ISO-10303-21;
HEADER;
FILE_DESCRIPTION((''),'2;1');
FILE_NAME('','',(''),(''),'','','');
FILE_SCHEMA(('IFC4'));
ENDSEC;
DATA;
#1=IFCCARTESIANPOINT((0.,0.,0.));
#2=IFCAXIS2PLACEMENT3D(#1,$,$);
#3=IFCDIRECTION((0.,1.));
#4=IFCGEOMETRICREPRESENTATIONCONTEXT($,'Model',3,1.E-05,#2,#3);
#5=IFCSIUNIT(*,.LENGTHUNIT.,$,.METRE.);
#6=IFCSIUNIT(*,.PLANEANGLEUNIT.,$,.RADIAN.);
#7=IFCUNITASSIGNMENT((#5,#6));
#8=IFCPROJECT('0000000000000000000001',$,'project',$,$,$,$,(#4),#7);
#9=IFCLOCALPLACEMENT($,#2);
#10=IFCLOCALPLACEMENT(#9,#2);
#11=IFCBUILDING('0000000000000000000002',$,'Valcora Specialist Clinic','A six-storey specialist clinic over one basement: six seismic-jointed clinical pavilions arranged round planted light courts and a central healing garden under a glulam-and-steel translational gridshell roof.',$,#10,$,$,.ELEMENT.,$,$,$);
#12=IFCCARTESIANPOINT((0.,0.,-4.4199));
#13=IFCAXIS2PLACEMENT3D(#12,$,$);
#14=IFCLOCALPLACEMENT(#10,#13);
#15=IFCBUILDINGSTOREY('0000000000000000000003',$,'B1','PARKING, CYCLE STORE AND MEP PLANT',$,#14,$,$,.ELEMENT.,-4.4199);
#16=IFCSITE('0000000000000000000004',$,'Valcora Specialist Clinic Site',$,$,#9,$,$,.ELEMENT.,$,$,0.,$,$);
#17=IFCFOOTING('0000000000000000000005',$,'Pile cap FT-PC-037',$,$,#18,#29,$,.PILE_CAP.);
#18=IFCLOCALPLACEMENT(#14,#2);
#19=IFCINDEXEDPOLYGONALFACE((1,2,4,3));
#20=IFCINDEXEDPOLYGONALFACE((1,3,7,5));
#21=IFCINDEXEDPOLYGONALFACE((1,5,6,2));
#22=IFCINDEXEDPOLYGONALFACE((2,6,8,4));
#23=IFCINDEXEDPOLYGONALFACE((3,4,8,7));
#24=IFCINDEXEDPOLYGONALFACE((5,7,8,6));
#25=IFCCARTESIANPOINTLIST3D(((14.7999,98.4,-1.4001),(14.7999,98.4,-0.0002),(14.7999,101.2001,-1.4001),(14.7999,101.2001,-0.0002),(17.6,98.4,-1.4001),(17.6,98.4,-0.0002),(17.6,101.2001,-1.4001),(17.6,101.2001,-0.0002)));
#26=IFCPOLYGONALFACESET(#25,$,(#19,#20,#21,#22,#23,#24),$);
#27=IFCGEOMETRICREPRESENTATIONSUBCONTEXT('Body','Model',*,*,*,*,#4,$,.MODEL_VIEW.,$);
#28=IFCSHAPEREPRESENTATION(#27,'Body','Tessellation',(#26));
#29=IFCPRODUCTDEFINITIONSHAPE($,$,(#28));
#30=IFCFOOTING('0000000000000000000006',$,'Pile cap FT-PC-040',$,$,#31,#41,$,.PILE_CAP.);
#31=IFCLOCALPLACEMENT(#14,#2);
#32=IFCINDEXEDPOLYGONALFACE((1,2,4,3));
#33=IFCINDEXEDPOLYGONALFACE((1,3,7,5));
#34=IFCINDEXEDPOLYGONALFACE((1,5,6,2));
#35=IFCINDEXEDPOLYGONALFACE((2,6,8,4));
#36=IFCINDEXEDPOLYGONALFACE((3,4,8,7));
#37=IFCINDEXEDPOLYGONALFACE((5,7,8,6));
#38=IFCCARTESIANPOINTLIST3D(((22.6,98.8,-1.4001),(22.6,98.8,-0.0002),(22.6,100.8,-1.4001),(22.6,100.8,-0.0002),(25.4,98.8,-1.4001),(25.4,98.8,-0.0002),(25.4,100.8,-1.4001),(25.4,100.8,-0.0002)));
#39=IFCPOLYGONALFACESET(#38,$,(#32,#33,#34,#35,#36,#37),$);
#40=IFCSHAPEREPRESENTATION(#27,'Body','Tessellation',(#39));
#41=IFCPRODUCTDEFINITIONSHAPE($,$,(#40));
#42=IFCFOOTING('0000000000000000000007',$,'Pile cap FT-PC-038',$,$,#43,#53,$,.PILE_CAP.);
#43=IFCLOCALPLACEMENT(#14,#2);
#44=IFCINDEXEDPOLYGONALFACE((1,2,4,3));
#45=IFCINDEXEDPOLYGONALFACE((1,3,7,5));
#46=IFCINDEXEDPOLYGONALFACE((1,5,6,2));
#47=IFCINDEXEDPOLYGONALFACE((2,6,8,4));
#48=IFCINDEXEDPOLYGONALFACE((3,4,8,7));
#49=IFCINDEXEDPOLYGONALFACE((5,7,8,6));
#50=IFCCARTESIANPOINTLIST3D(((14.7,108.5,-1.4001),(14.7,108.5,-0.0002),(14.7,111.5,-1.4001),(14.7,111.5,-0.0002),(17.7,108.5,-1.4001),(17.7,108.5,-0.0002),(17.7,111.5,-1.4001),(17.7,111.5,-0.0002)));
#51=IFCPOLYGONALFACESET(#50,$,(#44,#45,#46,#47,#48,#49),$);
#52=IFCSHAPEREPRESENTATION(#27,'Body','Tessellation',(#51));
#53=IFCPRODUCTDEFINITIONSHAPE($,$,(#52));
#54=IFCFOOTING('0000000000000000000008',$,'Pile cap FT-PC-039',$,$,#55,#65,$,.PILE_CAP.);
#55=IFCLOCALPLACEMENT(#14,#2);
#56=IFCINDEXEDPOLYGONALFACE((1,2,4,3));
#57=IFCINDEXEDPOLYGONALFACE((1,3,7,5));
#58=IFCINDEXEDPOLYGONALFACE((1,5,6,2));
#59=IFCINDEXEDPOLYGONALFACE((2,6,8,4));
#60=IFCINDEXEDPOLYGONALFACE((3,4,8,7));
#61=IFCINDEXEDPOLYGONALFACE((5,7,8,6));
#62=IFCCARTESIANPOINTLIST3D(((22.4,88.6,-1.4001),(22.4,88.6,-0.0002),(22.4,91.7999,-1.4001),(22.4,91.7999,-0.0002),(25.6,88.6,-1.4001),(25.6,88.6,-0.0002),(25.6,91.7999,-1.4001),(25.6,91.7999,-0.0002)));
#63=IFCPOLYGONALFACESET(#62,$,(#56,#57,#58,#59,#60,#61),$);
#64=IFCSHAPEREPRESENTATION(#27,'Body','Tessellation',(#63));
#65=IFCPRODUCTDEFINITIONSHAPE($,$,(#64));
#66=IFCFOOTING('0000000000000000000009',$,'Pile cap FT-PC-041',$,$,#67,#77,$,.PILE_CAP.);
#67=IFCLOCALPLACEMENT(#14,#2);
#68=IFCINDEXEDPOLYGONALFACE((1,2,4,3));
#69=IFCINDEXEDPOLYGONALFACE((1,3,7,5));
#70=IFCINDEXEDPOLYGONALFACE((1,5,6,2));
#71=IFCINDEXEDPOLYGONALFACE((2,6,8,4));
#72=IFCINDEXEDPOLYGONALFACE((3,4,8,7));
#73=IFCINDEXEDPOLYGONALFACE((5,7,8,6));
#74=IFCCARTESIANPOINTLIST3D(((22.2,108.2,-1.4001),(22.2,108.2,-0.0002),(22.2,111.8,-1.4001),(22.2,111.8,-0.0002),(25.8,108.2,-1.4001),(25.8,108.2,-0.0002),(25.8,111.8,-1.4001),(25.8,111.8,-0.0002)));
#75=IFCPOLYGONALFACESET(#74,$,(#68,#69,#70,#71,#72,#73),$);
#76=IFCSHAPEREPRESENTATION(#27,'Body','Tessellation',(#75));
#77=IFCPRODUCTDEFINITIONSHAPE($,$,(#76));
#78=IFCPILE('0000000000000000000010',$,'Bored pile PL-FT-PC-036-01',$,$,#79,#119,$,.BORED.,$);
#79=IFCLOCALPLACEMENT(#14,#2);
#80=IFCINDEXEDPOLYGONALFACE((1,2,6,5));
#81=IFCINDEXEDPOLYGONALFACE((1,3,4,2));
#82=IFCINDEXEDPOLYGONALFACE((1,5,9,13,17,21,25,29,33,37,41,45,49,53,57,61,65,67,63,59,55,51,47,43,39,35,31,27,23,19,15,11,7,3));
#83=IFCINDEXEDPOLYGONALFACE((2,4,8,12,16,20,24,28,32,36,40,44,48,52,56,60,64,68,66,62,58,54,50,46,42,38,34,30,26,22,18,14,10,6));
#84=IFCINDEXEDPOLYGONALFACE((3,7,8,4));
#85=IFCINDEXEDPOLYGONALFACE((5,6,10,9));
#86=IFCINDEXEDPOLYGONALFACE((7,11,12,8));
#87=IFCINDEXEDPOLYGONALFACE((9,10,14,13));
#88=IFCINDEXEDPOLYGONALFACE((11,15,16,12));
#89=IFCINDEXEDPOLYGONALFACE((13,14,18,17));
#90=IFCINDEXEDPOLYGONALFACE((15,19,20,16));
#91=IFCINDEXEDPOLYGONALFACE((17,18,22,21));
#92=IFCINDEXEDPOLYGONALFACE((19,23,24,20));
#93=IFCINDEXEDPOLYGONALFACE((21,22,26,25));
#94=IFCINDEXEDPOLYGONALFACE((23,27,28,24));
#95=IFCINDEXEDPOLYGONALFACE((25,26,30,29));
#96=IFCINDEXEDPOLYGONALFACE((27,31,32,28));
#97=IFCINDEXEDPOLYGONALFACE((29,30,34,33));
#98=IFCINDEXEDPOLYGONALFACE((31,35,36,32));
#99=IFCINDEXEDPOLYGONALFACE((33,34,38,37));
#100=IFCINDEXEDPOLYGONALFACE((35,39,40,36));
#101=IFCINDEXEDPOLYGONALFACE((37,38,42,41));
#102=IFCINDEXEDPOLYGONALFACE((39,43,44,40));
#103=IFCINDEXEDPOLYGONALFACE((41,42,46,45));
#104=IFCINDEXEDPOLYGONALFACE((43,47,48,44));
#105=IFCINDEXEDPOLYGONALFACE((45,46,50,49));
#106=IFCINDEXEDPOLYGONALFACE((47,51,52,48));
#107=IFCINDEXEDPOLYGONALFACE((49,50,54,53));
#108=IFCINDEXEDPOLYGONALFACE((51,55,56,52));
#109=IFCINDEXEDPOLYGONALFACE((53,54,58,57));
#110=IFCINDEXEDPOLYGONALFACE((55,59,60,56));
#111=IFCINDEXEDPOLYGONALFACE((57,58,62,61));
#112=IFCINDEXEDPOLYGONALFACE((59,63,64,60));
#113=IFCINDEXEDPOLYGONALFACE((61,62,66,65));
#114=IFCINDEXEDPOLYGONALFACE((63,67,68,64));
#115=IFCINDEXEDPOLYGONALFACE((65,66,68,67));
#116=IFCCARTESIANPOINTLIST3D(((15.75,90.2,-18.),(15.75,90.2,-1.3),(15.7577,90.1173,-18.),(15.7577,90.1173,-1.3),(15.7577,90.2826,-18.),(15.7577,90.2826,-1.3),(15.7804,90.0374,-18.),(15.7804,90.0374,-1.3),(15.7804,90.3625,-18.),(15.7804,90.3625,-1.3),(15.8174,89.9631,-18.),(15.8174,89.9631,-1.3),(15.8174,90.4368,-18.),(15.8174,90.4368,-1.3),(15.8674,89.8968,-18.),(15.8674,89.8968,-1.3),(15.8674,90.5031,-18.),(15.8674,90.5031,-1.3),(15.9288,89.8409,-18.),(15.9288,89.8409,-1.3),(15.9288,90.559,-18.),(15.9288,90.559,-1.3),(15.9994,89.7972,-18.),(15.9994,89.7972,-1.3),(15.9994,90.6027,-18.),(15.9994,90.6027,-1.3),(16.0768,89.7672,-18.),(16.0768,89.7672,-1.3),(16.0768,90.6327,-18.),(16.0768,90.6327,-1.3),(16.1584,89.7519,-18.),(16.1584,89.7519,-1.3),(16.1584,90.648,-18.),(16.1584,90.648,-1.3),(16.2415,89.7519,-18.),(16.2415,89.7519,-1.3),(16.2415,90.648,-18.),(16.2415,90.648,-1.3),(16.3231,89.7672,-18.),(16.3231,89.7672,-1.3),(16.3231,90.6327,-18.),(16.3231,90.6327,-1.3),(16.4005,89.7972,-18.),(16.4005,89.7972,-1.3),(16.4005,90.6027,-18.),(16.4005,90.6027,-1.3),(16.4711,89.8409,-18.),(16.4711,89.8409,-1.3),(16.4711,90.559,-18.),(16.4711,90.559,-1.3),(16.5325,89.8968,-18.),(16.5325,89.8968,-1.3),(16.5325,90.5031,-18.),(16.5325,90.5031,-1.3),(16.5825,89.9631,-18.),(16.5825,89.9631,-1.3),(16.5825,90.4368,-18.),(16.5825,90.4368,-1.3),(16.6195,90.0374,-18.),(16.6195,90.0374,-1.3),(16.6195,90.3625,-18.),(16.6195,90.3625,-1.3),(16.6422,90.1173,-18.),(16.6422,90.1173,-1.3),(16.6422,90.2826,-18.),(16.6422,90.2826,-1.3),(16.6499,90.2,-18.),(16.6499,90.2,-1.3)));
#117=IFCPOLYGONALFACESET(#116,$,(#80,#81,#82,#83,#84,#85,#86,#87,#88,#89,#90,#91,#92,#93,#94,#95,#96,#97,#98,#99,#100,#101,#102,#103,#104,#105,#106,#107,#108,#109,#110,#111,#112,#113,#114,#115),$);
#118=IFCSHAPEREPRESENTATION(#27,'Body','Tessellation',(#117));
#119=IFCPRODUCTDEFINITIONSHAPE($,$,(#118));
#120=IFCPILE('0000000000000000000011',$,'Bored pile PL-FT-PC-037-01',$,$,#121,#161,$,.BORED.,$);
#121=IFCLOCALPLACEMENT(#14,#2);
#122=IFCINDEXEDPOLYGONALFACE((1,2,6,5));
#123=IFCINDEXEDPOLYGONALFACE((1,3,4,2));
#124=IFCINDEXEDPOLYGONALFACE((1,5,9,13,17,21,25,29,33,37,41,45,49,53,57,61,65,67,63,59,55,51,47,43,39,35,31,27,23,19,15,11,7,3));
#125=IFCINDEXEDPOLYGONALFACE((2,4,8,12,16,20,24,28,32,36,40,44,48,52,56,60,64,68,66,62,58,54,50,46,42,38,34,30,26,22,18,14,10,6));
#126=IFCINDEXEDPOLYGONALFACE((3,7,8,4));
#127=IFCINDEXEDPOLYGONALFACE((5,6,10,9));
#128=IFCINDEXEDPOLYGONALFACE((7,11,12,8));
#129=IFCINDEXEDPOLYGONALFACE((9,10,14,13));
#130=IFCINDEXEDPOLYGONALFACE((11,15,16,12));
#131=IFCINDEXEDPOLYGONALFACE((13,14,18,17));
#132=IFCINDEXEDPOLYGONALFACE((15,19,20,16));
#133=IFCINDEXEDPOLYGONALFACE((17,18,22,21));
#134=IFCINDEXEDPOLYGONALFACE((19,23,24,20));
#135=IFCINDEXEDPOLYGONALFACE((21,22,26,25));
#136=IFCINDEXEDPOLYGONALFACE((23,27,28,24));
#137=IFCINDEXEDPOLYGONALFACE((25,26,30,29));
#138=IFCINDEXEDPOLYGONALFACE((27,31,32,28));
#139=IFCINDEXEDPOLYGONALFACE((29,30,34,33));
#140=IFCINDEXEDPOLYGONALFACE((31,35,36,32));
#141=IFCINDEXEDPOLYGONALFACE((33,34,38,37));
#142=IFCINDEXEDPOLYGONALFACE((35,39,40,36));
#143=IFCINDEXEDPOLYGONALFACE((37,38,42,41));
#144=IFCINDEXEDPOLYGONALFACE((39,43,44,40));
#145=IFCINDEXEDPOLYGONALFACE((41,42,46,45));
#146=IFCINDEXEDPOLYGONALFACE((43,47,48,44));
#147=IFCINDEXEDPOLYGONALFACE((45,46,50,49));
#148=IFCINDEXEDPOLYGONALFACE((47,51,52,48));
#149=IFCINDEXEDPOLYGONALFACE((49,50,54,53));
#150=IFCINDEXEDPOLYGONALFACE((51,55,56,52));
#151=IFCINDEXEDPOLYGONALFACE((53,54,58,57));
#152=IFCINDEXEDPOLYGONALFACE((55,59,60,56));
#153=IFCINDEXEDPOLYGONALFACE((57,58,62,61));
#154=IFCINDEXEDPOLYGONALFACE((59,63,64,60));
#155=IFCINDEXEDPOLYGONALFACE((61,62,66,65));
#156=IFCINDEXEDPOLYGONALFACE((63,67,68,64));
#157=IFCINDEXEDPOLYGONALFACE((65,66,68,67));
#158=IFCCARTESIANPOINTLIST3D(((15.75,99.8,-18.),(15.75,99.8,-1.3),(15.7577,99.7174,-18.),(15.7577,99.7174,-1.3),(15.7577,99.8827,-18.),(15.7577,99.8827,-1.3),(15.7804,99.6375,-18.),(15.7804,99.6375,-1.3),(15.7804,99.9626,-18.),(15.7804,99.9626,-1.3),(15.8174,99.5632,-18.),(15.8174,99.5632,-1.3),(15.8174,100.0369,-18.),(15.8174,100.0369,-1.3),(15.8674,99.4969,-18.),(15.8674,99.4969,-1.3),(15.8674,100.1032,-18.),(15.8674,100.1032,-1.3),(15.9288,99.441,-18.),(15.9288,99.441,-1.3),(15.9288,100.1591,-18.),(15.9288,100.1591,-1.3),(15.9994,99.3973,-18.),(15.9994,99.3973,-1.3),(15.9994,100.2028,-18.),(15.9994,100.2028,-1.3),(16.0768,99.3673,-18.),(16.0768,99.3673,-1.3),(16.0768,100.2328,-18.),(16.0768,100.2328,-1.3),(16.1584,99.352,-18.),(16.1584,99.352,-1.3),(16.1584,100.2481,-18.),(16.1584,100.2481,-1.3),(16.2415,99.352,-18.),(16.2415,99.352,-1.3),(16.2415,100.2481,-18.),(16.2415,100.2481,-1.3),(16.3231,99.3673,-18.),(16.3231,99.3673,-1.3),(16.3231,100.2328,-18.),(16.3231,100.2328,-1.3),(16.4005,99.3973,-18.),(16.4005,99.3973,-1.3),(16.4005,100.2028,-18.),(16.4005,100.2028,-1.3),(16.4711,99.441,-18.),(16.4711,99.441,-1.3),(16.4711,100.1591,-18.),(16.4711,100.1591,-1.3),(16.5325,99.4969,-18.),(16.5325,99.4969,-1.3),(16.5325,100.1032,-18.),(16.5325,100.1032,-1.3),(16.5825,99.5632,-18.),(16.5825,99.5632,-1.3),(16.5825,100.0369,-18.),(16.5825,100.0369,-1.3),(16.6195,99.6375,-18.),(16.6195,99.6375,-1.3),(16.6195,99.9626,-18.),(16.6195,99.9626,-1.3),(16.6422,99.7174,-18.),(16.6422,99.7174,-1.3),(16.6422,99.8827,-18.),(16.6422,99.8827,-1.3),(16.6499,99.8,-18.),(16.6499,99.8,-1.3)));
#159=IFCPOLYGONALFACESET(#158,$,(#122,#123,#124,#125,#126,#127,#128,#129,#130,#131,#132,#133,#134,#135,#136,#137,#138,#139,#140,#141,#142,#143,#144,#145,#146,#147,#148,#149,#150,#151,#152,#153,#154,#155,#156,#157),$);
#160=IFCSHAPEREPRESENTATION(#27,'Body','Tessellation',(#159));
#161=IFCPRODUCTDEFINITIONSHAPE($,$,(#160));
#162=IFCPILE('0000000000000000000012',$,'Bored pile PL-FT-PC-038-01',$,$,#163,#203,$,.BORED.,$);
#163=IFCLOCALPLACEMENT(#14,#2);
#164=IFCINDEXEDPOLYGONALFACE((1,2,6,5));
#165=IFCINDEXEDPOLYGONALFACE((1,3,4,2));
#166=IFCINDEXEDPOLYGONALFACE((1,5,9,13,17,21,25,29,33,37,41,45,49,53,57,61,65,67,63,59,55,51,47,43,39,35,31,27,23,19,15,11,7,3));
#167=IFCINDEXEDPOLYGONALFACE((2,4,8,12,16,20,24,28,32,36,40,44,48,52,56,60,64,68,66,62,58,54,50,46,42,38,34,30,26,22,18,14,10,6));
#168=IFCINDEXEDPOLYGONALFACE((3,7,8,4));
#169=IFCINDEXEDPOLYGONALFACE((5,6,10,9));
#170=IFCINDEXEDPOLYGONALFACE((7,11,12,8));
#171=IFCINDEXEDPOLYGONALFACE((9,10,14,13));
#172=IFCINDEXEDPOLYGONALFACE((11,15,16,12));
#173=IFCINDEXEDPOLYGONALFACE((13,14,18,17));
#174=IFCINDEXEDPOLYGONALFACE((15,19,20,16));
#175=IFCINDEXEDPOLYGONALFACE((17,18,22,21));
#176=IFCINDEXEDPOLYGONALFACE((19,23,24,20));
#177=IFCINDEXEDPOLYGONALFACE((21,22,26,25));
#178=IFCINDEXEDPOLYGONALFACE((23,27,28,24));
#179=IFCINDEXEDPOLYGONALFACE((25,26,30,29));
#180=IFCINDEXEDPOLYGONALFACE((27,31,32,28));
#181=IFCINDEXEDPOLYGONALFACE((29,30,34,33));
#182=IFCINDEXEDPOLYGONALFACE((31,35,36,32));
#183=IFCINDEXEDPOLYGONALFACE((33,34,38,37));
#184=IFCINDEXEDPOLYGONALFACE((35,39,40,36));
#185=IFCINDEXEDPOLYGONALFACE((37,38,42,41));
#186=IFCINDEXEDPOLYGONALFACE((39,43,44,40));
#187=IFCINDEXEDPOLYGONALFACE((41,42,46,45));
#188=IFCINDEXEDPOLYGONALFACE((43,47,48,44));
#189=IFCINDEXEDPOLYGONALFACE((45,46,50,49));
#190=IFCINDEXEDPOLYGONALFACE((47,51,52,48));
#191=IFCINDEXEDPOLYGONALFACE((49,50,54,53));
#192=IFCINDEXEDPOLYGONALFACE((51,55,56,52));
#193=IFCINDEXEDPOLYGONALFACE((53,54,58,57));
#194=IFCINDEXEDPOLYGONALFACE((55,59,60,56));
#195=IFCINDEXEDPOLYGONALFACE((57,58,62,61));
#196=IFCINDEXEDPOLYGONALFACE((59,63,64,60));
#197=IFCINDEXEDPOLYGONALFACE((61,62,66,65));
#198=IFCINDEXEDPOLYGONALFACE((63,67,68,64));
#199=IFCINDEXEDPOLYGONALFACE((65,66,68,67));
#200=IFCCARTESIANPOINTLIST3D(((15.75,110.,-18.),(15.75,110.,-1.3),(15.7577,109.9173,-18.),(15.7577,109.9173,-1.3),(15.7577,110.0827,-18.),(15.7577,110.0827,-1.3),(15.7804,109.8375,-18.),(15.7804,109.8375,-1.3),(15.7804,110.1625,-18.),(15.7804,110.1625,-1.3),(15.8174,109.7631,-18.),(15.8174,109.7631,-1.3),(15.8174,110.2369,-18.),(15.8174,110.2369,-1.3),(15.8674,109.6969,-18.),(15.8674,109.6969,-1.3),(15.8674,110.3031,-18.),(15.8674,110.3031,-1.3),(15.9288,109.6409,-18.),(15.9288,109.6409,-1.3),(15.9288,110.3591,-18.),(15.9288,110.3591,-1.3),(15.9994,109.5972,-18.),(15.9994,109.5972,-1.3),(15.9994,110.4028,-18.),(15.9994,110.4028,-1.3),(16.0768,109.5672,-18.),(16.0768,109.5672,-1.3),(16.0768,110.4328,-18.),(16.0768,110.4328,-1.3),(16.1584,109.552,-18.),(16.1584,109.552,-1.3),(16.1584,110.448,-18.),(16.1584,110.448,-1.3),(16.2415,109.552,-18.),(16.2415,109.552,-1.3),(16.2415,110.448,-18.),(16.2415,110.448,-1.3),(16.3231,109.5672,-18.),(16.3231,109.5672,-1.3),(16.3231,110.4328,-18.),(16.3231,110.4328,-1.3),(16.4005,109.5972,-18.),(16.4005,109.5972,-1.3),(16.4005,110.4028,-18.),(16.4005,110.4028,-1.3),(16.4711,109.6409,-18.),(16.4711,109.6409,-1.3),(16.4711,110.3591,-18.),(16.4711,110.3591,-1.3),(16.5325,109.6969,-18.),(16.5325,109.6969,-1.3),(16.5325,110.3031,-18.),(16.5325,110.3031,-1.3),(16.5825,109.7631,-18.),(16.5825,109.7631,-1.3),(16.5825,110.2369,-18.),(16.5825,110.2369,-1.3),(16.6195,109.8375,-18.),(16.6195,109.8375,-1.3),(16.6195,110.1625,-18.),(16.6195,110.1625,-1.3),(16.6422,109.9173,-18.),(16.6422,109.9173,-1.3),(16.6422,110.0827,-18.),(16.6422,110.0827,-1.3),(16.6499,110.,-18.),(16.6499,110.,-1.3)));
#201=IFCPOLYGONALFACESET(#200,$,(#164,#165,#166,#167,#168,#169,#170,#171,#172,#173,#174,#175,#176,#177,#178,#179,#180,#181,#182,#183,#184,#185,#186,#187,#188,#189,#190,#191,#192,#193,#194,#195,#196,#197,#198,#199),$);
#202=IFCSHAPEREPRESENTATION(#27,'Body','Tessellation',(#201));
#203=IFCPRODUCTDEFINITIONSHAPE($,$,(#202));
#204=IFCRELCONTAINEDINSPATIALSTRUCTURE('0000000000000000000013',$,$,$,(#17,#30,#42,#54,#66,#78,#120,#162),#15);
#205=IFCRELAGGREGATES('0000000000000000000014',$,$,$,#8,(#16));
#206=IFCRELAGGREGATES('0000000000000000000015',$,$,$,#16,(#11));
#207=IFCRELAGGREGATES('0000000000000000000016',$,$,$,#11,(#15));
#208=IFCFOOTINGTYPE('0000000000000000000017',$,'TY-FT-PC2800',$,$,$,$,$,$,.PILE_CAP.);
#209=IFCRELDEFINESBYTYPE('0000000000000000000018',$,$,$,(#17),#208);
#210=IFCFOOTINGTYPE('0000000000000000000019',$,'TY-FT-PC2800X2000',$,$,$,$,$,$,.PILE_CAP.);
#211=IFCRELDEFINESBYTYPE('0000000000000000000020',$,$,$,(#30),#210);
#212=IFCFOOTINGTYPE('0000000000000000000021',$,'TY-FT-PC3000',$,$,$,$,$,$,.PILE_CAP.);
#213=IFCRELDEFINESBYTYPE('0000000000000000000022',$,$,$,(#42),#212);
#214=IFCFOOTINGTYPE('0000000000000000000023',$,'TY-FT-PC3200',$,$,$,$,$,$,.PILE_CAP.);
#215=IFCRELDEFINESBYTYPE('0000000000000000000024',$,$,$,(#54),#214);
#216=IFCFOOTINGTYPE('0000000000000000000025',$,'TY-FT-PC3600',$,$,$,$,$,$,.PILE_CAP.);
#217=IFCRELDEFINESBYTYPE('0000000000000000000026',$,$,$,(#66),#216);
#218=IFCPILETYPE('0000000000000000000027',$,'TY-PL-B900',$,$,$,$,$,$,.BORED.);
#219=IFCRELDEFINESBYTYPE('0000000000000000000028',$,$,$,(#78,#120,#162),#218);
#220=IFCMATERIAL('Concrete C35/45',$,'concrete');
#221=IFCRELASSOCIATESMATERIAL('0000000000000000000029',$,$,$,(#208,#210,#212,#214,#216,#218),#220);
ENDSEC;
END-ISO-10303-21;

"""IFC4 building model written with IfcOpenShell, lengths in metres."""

from ifc_helpers import new_model, si_unit, direction, frame, origin, origin_2d, place, context, subcontext, project, spatial, rectangle, circle, extrude, material, material_profile, profile_set, type_object, element, save


model = new_model("IFC4")

# Units and contexts
model_context = context("Model", 3, precision=1e-05, world=origin(), true_north=direction((0.0, 1.0)))
body_context = subcontext(model_context, "Body", "Model", "MODEL_VIEW")
ifc_project = project(units=[si_unit("LENGTHUNIT", "METRE"), si_unit("PLANEANGLEUNIT", "RADIAN")], contexts=[model_context])

# Site, building, storey
site_placement = place(None, origin())
site = spatial("IfcSite", under=ifc_project, at=site_placement, Name="Valcora Specialist Clinic Site", CompositionType="ELEMENT", RefElevation=0.0)
building_placement = place(site_placement, origin())
building = spatial("IfcBuilding", under=site, at=building_placement, Name="Valcora Specialist Clinic", Description="A six-storey specialist clinic over one basement: six seismic-jointed clinical pavilions arranged round planted light courts and a central healing garden under a glulam-and-steel translational gridshell roof.", CompositionType="ELEMENT")
storey_placement = place(building_placement, frame((0.0, 0.0, -4.4199)))
storey = spatial("IfcBuildingStorey", under=building, at=storey_placement, Name="B1", Description="PARKING, CYCLE STORE AND MEP PLANT", CompositionType="ELEMENT", Elevation=-4.4199)

# Footings
ifc_material_1 = material(Name="Concrete C35/45", Category="concrete")
footing_type_1 = type_object("IfcFootingType", Name="TY-FT-PC2800", PredefinedType="PILE_CAP", material=ifc_material_1)
footing_1_placement = place(storey_placement, frame((16.2, 99.8, -1.4001), z_axis=(0.0, 0.0, 1.0), x_axis=(1.0, 0.0, 0.0)))
element("IfcFooting", 1, at=footing_1_placement, inside=storey, type_object=footing_type_1, Name="Pile cap FT-PC-037", PredefinedType="PILE_CAP", context=body_context, shape_type="SweptSolid", body=[
    extrude(rectangle(XDim=2.8, YDim=2.8, at=origin_2d()), origin(), (0.0, 0.0, 1.0), 1.3999),
])
footing_type_2 = type_object("IfcFootingType", Name="TY-FT-PC2800X2000", PredefinedType="PILE_CAP", material=ifc_material_1)
footing_2_placement = place(storey_placement, frame((24.0, 99.8, -1.4001), z_axis=(0.0, 0.0, 1.0), x_axis=(1.0, 0.0, 0.0)))
element("IfcFooting", 2, at=footing_2_placement, inside=storey, type_object=footing_type_2, Name="Pile cap FT-PC-040", PredefinedType="PILE_CAP", context=body_context, shape_type="SweptSolid", body=[
    extrude(rectangle(XDim=2.8, YDim=2.0, at=origin_2d()), origin(), (0.0, 0.0, 1.0), 1.3999),
])
footing_type_3 = type_object("IfcFootingType", Name="TY-FT-PC3000", PredefinedType="PILE_CAP", material=ifc_material_1)
footing_3_placement = place(storey_placement, frame((16.2, 110.0, -1.4001), z_axis=(0.0, 0.0, 1.0), x_axis=(1.0, 0.0, 0.0)))
element("IfcFooting", 3, at=footing_3_placement, inside=storey, type_object=footing_type_3, Name="Pile cap FT-PC-038", PredefinedType="PILE_CAP", context=body_context, shape_type="SweptSolid", body=[
    extrude(rectangle(XDim=3.0, YDim=3.0, at=origin_2d()), origin(), (0.0, 0.0, 1.0), 1.3999),
])
footing_type_4 = type_object("IfcFootingType", Name="TY-FT-PC3200", PredefinedType="PILE_CAP", material=ifc_material_1)
footing_4_placement = place(storey_placement, frame((24.0, 90.2, -1.4001), z_axis=(0.0, 0.0, 1.0), x_axis=(1.0, 0.0, 0.0)))
element("IfcFooting", 4, at=footing_4_placement, inside=storey, type_object=footing_type_4, Name="Pile cap FT-PC-039", PredefinedType="PILE_CAP", context=body_context, shape_type="SweptSolid", body=[
    extrude(rectangle(XDim=3.2, YDim=3.2, at=origin_2d()), origin(), (0.0, 0.0, 1.0), 1.3999),
])
footing_type_5 = type_object("IfcFootingType", Name="TY-FT-PC3600", PredefinedType="PILE_CAP", material=ifc_material_1)
footing_5_placement = place(storey_placement, frame((24.0, 110.0, -1.4001), z_axis=(0.0, 0.0, 1.0), x_axis=(1.0, 0.0, 0.0)))
element("IfcFooting", 5, at=footing_5_placement, inside=storey, type_object=footing_type_5, Name="Pile cap FT-PC-041", PredefinedType="PILE_CAP", context=body_context, shape_type="SweptSolid", body=[
    extrude(rectangle(XDim=3.6001, YDim=3.6001, at=origin_2d()), origin(), (0.0, 0.0, 1.0), 1.3999),
])

# Piles
ifc_material_profile_1 = material_profile(ifc_material_1, circle(Radius=0.45, at=origin_2d()), Name="RC-PIL-D900")
ifc_profile_set_1 = profile_set([ifc_material_profile_1], Name="Concrete C35/45")
pile_type = type_object("IfcPileType", Name="TY-PL-B900", PredefinedType="BORED", material=ifc_profile_set_1)
for number, where, z_axis, x_axis, name in (
    (6, (16.2, 90.2, -1.3), (0.0, 0.0, -1.0), (1.0, 0.0, 0.0), "Bored pile PL-FT-PC-036-01"),
    (7, (16.2, 99.8, -1.3), (0.0, 0.0, -1.0), (1.0, 0.0, 0.0), "Bored pile PL-FT-PC-037-01"),
    (8, (16.2, 110.0, -1.3), (0.0, 0.0, -1.0), (1.0, 0.0, 0.0), "Bored pile PL-FT-PC-038-01"),
):
    element("IfcPile", number, at=place(storey_placement, frame(where, z_axis=z_axis, x_axis=x_axis)), inside=storey, type_object=pile_type, Name=name, PredefinedType="BORED", context=body_context, shape_type="SweptSolid", body=[
        extrude(circle(Radius=0.45, at=origin_2d()), origin(), (0.0, 0.0, 1.0), 16.7),
    ])

save(model, "model.ifc")
